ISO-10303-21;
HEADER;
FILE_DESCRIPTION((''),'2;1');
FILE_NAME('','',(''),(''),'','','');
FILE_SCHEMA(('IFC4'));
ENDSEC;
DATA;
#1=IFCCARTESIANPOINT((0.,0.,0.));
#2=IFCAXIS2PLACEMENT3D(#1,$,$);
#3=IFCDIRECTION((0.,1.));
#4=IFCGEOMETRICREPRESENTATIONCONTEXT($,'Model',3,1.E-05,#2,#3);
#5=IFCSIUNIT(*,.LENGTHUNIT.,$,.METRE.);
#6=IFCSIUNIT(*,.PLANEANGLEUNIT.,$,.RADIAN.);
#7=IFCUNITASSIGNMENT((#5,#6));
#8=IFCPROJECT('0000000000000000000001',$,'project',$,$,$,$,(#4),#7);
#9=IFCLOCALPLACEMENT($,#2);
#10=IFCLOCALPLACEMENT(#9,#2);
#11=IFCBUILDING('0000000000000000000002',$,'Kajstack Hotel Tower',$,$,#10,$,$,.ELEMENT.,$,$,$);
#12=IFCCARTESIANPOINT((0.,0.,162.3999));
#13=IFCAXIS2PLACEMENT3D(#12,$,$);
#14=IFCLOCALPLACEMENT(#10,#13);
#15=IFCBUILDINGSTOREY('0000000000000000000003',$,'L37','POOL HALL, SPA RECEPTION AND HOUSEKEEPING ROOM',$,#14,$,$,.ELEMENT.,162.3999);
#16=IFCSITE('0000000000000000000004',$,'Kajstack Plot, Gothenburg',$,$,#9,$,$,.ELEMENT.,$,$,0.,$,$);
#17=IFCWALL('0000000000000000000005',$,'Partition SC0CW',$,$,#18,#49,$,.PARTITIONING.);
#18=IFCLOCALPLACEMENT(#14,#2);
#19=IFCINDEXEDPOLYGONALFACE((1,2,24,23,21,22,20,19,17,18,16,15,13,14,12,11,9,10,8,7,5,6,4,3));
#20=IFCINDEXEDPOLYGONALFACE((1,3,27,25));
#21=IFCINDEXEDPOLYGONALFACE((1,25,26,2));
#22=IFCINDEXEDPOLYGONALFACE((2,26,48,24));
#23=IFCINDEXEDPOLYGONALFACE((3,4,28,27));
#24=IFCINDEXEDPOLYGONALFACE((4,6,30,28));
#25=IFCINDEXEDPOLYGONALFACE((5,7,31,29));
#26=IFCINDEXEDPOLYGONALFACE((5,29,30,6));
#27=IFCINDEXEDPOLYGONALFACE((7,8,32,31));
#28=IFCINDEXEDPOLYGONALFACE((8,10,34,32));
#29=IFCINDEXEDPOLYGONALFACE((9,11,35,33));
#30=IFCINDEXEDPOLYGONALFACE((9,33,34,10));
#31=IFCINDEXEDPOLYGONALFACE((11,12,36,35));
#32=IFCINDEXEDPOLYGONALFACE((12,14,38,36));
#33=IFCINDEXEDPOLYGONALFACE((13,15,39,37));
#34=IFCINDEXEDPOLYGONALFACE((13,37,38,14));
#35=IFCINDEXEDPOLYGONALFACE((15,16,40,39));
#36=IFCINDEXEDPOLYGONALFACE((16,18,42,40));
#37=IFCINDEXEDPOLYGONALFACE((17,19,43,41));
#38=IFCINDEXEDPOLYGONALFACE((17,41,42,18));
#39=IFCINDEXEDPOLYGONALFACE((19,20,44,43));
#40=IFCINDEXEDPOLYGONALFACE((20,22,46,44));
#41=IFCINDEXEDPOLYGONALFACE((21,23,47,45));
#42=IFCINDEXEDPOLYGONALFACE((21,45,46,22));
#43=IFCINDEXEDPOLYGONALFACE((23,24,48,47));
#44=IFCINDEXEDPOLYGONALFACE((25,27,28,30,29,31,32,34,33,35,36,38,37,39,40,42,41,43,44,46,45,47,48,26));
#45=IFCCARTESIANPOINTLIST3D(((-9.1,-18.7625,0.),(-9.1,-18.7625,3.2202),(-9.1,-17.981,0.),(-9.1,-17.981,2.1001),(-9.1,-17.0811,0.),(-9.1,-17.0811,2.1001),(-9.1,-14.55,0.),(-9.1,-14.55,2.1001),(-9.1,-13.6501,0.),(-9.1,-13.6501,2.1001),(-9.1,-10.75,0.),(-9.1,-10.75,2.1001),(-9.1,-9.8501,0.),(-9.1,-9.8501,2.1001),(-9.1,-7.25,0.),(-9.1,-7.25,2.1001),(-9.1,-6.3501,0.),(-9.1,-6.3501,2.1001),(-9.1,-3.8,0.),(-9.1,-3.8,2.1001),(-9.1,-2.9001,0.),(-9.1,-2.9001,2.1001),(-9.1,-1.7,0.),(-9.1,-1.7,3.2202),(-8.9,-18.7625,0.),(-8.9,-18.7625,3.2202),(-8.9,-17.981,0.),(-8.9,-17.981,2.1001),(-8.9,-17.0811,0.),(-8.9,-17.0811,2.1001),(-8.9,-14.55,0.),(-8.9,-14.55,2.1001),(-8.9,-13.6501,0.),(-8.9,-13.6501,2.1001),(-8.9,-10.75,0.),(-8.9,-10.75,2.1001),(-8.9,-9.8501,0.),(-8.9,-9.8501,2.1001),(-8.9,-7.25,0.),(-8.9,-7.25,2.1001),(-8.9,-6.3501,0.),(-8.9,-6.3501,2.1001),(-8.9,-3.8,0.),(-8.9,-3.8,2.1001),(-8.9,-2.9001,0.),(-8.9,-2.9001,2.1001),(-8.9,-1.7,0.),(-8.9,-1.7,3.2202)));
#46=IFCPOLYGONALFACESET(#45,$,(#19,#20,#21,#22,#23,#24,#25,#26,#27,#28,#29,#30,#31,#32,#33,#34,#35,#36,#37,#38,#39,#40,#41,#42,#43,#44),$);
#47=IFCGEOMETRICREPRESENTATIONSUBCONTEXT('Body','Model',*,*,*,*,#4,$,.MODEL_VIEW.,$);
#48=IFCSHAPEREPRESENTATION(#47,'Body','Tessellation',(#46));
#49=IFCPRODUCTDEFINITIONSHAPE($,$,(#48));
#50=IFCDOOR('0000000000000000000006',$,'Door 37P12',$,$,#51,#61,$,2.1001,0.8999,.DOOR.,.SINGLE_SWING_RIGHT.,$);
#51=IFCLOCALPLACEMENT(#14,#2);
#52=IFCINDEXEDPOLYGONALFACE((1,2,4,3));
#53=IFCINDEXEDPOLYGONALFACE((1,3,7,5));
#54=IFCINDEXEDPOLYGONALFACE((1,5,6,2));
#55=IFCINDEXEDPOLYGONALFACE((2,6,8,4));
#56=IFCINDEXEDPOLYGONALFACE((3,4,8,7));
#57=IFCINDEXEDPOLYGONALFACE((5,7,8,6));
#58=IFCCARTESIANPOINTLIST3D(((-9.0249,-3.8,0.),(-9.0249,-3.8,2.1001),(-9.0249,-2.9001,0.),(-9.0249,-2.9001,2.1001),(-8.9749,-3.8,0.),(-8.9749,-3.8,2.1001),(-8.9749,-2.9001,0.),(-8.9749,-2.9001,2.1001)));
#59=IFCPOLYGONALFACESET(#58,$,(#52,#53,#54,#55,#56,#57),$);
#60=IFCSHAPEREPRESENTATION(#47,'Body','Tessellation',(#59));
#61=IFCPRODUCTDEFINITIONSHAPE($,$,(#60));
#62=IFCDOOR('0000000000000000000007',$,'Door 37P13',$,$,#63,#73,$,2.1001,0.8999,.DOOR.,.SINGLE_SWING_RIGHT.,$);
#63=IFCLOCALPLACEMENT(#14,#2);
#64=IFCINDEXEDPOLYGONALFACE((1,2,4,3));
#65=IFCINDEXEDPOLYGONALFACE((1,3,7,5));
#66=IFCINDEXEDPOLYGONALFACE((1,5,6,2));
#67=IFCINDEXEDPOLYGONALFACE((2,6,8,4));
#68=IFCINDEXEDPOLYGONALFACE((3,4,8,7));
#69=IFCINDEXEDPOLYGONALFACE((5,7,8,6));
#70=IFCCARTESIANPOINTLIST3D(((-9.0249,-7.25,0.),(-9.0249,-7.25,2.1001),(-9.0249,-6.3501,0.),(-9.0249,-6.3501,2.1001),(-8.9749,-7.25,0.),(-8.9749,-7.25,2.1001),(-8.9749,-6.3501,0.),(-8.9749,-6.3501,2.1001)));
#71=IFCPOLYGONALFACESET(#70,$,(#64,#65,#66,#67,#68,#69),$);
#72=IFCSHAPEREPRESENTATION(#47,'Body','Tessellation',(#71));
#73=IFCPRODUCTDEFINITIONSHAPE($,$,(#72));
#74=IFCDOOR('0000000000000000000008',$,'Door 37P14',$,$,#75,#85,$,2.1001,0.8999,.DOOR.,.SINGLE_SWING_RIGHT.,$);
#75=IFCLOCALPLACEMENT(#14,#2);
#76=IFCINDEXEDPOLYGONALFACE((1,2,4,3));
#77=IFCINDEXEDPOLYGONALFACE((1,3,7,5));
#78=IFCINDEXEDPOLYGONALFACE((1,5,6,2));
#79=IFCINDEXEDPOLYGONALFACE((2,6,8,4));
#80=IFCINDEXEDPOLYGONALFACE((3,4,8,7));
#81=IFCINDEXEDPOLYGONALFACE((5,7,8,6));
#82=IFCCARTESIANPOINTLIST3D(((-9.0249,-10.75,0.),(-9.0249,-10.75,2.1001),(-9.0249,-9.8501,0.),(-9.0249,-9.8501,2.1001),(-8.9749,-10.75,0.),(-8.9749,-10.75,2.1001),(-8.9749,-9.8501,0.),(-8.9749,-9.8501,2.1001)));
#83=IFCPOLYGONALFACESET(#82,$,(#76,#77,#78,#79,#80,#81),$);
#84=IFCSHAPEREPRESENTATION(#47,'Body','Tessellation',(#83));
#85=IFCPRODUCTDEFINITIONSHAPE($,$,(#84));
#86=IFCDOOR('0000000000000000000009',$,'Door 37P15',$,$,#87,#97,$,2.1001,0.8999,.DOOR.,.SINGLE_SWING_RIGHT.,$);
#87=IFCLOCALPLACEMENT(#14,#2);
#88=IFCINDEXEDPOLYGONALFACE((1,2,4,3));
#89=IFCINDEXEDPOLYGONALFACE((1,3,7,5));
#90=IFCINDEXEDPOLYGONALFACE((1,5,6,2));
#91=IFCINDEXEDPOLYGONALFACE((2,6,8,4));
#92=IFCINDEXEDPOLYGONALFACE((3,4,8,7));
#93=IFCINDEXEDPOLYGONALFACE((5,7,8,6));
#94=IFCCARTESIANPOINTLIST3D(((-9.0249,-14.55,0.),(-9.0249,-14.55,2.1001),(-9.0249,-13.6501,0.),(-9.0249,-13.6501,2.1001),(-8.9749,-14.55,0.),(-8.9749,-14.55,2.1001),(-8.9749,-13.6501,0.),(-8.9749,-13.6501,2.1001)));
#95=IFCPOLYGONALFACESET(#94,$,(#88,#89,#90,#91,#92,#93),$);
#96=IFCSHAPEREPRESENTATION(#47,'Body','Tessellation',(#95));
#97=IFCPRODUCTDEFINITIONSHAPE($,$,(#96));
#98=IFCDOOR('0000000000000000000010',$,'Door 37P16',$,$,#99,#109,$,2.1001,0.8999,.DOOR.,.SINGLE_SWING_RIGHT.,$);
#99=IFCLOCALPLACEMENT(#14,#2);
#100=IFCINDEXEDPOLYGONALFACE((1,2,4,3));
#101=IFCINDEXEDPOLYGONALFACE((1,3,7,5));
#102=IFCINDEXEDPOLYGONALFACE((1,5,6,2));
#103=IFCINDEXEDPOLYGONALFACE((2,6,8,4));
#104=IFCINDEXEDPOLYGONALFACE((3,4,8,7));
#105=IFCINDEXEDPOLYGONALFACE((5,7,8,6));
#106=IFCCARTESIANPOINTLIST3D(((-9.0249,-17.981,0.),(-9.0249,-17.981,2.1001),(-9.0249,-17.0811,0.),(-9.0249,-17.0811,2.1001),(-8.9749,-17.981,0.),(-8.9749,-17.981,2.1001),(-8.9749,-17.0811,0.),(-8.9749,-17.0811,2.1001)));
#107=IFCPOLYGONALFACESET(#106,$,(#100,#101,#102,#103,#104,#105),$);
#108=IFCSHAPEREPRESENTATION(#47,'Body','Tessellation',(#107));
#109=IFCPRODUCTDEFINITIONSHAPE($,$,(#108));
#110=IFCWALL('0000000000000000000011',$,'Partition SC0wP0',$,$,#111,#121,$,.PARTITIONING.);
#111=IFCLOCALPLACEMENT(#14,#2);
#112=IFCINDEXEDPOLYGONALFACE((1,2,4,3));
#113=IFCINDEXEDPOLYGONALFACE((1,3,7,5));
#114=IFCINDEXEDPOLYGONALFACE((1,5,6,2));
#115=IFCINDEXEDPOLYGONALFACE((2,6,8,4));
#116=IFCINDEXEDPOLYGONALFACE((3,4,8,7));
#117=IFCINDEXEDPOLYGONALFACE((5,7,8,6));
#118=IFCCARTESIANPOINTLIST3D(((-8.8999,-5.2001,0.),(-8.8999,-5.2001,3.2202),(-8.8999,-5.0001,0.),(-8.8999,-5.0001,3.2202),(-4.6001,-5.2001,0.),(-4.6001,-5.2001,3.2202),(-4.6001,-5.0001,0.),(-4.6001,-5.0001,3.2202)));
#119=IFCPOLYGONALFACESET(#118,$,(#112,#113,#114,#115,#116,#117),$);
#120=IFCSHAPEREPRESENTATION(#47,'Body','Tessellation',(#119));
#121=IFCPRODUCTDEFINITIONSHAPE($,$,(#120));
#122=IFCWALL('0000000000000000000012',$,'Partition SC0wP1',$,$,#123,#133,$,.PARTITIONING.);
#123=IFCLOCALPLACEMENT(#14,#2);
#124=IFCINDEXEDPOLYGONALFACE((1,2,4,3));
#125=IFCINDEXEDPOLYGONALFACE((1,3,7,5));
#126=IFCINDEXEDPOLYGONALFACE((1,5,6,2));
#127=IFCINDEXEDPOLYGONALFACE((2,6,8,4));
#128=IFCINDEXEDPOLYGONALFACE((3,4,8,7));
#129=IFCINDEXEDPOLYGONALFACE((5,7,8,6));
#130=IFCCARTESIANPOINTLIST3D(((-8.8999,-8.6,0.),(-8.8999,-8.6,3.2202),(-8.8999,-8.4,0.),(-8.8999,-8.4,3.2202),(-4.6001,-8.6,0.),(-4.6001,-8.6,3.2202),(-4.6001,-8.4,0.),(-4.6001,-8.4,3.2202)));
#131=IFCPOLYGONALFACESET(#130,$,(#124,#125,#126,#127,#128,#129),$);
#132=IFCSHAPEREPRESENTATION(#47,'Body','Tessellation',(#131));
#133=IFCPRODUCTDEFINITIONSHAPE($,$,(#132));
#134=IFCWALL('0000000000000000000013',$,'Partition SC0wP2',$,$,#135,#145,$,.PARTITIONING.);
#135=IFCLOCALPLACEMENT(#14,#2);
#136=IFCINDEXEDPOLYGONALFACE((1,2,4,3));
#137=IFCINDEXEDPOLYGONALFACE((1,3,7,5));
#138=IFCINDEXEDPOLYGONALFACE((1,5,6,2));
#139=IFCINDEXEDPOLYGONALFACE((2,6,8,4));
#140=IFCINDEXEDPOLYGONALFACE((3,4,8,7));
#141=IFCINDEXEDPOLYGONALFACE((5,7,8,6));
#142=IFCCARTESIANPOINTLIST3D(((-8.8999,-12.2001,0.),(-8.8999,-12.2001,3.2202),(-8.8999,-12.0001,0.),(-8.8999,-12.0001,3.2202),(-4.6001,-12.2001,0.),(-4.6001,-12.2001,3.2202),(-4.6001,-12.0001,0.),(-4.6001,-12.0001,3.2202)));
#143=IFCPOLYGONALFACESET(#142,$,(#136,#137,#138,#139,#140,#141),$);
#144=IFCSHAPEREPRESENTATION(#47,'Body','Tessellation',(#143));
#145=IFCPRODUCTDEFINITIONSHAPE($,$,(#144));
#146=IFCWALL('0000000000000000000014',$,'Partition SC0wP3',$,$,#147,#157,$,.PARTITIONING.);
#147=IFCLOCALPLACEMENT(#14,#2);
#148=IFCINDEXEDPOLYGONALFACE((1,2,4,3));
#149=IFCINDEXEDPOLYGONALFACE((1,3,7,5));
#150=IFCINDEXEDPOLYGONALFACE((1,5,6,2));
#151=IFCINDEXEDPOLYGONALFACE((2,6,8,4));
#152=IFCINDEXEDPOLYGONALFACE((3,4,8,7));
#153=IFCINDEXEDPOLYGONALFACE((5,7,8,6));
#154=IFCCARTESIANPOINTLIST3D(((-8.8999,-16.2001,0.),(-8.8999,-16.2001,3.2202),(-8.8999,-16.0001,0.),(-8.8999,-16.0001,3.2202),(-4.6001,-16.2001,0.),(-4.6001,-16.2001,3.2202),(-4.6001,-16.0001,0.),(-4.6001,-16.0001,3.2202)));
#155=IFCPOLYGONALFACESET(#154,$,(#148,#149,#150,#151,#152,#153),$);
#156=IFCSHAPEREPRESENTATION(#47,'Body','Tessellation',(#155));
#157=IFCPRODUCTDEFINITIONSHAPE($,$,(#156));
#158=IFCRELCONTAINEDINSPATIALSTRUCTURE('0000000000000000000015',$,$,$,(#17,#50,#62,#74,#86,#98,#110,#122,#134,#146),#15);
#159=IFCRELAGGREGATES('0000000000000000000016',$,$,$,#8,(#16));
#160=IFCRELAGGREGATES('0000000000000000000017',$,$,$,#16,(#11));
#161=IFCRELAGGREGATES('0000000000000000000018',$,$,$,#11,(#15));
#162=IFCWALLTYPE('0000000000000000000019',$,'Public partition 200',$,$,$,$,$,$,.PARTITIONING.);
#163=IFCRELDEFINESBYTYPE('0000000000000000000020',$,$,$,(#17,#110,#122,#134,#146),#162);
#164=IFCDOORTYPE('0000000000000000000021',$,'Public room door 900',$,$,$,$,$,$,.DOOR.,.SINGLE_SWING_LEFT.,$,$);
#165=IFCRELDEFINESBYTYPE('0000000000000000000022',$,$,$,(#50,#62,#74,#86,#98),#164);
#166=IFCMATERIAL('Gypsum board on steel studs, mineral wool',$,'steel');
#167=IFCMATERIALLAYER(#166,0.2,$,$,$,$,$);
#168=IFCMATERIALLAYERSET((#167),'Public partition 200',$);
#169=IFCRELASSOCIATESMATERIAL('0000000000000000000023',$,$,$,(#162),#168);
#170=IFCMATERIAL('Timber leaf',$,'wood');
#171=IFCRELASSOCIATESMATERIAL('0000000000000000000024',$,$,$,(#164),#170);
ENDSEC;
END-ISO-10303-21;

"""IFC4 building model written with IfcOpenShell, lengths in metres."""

from ifc_helpers import new_model, si_unit, direction, frame, frame_2d, origin, place, context, subcontext, project, spatial, rectangle, extrude, material, layer, layer_set, type_object, element, fill, save


model = new_model("IFC4")

# Units and contexts
model_context = context("Model", 3, precision=1e-05, world=origin(), true_north=direction((0.0, 1.0)))
body_context = subcontext(model_context, "Body", "Model", "MODEL_VIEW")
ifc_project = project(units=[si_unit("LENGTHUNIT", "METRE"), si_unit("PLANEANGLEUNIT", "RADIAN")], contexts=[model_context])

# Site, building, storey
site_placement = place(None, origin())
site = spatial("IfcSite", under=ifc_project, at=site_placement, Name="Kajstack Plot, Gothenburg", CompositionType="ELEMENT", RefElevation=0.0)
building_placement = place(site_placement, origin())
building = spatial("IfcBuilding", under=site, at=building_placement, Name="Kajstack Hotel Tower", CompositionType="ELEMENT")
storey_placement = place(building_placement, frame((0.0, 0.0, 162.3999)))
storey = spatial("IfcBuildingStorey", under=building, at=storey_placement, Name="L37", Description="POOL HALL, SPA RECEPTION AND HOUSEKEEPING ROOM", CompositionType="ELEMENT", Elevation=162.3999)

# Wall, openings, doors
ifc_material_1 = material(Name="Gypsum board on steel studs, mineral wool", Category="steel")
ifc_layer_1 = layer(ifc_material_1, 0.2)
ifc_layer_set_1 = layer_set([ifc_layer_1], Name="Public partition 200")
wall_type_1 = type_object("IfcWallType", Name="Public partition 200", PredefinedType="PARTITIONING", material=ifc_layer_set_1)
wall_1_placement = place(storey_placement, frame((-9.0, -18.7625, 0.0), z_axis=(0.0, 0.0, 1.0), x_axis=(0.0, 1.0, 0.0)))
wall_1 = element("IfcWall", 1, at=wall_1_placement, inside=storey, type_object=wall_type_1, Name="Partition SC0CW", PredefinedType="PARTITIONING", context=body_context, shape_type="SweptSolid", body=[
    extrude(rectangle(XDim=17.0625, YDim=0.2, at=frame_2d((8.5312, 0.0))), origin(), (0.0, 0.0, 1.0), 3.2202),
])
opening_1_placement = place(wall_1_placement, frame((14.9624, 0.0, 0.0)))
opening_1 = element("IfcOpeningElement", 2, at=opening_1_placement, cuts=wall_1, PredefinedType="OPENING", context=body_context, shape_type="SweptSolid", body=[
    extrude(rectangle(XDim=0.8999, YDim=2.1001, at=frame_2d((0.45, 1.05))), frame((0.0, 0.1099, 0.0), z_axis=(0.0, -1.0, 0.0), x_axis=(1.0, 0.0, 0.0)), (0.0, 0.0, 1.0), 0.22),
])
opening_2_placement = place(wall_1_placement, frame((11.5125, 0.0, 0.0)))
opening_2 = element("IfcOpeningElement", 3, at=opening_2_placement, cuts=wall_1, PredefinedType="OPENING", context=body_context, shape_type="SweptSolid", body=[
    extrude(rectangle(XDim=0.8999, YDim=2.1001, at=frame_2d((0.45, 1.05))), frame((0.0, 0.1099, 0.0), z_axis=(0.0, -1.0, 0.0), x_axis=(1.0, 0.0, 0.0)), (0.0, 0.0, 1.0), 0.22),
])
opening_3_placement = place(wall_1_placement, frame((8.0125, 0.0, 0.0)))
opening_3 = element("IfcOpeningElement", 4, at=opening_3_placement, cuts=wall_1, PredefinedType="OPENING", context=body_context, shape_type="SweptSolid", body=[
    extrude(rectangle(XDim=0.8999, YDim=2.1001, at=frame_2d((0.45, 1.05))), frame((0.0, 0.1099, 0.0), z_axis=(0.0, -1.0, 0.0), x_axis=(1.0, 0.0, 0.0)), (0.0, 0.0, 1.0), 0.22),
])
opening_4_placement = place(wall_1_placement, frame((4.2124, 0.0, 0.0)))
opening_4 = element("IfcOpeningElement", 5, at=opening_4_placement, cuts=wall_1, PredefinedType="OPENING", context=body_context, shape_type="SweptSolid", body=[
    extrude(rectangle(XDim=0.8999, YDim=2.1001, at=frame_2d((0.45, 1.05))), frame((0.0, 0.1099, 0.0), z_axis=(0.0, -1.0, 0.0), x_axis=(1.0, 0.0, 0.0)), (0.0, 0.0, 1.0), 0.22),
])
opening_5_placement = place(wall_1_placement, frame((0.7815, 0.0, 0.0)))
opening_5 = element("IfcOpeningElement", 6, at=opening_5_placement, cuts=wall_1, PredefinedType="OPENING", context=body_context, shape_type="SweptSolid", body=[
    extrude(rectangle(XDim=0.8999, YDim=2.1001, at=frame_2d((0.45, 1.05))), frame((0.0, 0.1099, 0.0), z_axis=(0.0, -1.0, 0.0), x_axis=(1.0, 0.0, 0.0)), (0.0, 0.0, 1.0), 0.22),
])
ifc_material_2 = material(Name="Timber leaf", Category="wood")
door_type = type_object("IfcDoorType", Name="Public room door 900", OperationType="SINGLE_SWING_LEFT", PredefinedType="DOOR", material=ifc_material_2)
door_1_placement = place(opening_1_placement, origin())
door_1 = element("IfcDoor", 7, at=door_1_placement, inside=storey, type_object=door_type, Name="Door 37P12", OperationType="SINGLE_SWING_RIGHT", OverallHeight=2.1001, OverallWidth=0.8999, PredefinedType="DOOR", context=body_context, shape_type="SweptSolid", body=[
    extrude(rectangle(XDim=0.8999, YDim=2.1001, at=frame_2d((0.45, 1.05))), frame((0.0, 0.0249, 0.0), z_axis=(0.0, -1.0, 0.0), x_axis=(1.0, 0.0, 0.0)), (0.0, 0.0, 1.0), 0.05),
])
fill(opening_1, door_1)
door_2_placement = place(opening_2_placement, origin())
door_2 = element("IfcDoor", 8, at=door_2_placement, inside=storey, type_object=door_type, Name="Door 37P13", OperationType="SINGLE_SWING_RIGHT", OverallHeight=2.1001, OverallWidth=0.8999, PredefinedType="DOOR", context=body_context, shape_type="SweptSolid", body=[
    extrude(rectangle(XDim=0.8999, YDim=2.1001, at=frame_2d((0.45, 1.05))), frame((0.0, 0.0249, 0.0), z_axis=(0.0, -1.0, 0.0), x_axis=(1.0, 0.0, 0.0)), (0.0, 0.0, 1.0), 0.05),
])
fill(opening_2, door_2)
door_3_placement = place(opening_3_placement, origin())
door_3 = element("IfcDoor", 9, at=door_3_placement, inside=storey, type_object=door_type, Name="Door 37P14", OperationType="SINGLE_SWING_RIGHT", OverallHeight=2.1001, OverallWidth=0.8999, PredefinedType="DOOR", context=body_context, shape_type="SweptSolid", body=[
    extrude(rectangle(XDim=0.8999, YDim=2.1001, at=frame_2d((0.45, 1.05))), frame((0.0, 0.0249, 0.0), z_axis=(0.0, -1.0, 0.0), x_axis=(1.0, 0.0, 0.0)), (0.0, 0.0, 1.0), 0.05),
])
fill(opening_3, door_3)
door_4_placement = place(opening_4_placement, origin())
door_4 = element("IfcDoor", 10, at=door_4_placement, inside=storey, type_object=door_type, Name="Door 37P15", OperationType="SINGLE_SWING_RIGHT", OverallHeight=2.1001, OverallWidth=0.8999, PredefinedType="DOOR", context=body_context, shape_type="SweptSolid", body=[
    extrude(rectangle(XDim=0.8999, YDim=2.1001, at=frame_2d((0.45, 1.05))), frame((0.0, 0.0249, 0.0), z_axis=(0.0, -1.0, 0.0), x_axis=(1.0, 0.0, 0.0)), (0.0, 0.0, 1.0), 0.05),
])
fill(opening_4, door_4)
door_5_placement = place(opening_5_placement, origin())
door_5 = element("IfcDoor", 11, at=door_5_placement, inside=storey, type_object=door_type, Name="Door 37P16", OperationType="SINGLE_SWING_RIGHT", OverallHeight=2.1001, OverallWidth=0.8999, PredefinedType="DOOR", context=body_context, shape_type="SweptSolid", body=[
    extrude(rectangle(XDim=0.8999, YDim=2.1001, at=frame_2d((0.45, 1.05))), frame((0.0, 0.0249, 0.0), z_axis=(0.0, -1.0, 0.0), x_axis=(1.0, 0.0, 0.0)), (0.0, 0.0, 1.0), 0.05),
])
fill(opening_5, door_5)

# Walls
for number, where, z_axis, x_axis, name in (
    (12, (-8.8999, -5.1001, 0.0), (0.0, 0.0, 1.0), (1.0, 0.0, 0.0), "Partition SC0wP0"),
    (13, (-8.8999, -8.5, 0.0), (0.0, 0.0, 1.0), (1.0, 0.0, 0.0), "Partition SC0wP1"),
    (14, (-8.8999, -12.1001, 0.0), (0.0, 0.0, 1.0), (1.0, 0.0, 0.0), "Partition SC0wP2"),
    (15, (-8.8999, -16.1001, 0.0), (0.0, 0.0, 1.0), (1.0, 0.0, 0.0), "Partition SC0wP3"),
):
    element("IfcWall", number, at=place(storey_placement, frame(where, z_axis=z_axis, x_axis=x_axis)), inside=storey, type_object=wall_type_1, Name=name, PredefinedType="PARTITIONING", context=body_context, shape_type="SweptSolid", body=[
        extrude(rectangle(XDim=4.2998, YDim=0.2, at=frame_2d((2.1499, 0.0))), origin(), (0.0, 0.0, 1.0), 3.2202),
    ])

save(model, "model.ifc")
